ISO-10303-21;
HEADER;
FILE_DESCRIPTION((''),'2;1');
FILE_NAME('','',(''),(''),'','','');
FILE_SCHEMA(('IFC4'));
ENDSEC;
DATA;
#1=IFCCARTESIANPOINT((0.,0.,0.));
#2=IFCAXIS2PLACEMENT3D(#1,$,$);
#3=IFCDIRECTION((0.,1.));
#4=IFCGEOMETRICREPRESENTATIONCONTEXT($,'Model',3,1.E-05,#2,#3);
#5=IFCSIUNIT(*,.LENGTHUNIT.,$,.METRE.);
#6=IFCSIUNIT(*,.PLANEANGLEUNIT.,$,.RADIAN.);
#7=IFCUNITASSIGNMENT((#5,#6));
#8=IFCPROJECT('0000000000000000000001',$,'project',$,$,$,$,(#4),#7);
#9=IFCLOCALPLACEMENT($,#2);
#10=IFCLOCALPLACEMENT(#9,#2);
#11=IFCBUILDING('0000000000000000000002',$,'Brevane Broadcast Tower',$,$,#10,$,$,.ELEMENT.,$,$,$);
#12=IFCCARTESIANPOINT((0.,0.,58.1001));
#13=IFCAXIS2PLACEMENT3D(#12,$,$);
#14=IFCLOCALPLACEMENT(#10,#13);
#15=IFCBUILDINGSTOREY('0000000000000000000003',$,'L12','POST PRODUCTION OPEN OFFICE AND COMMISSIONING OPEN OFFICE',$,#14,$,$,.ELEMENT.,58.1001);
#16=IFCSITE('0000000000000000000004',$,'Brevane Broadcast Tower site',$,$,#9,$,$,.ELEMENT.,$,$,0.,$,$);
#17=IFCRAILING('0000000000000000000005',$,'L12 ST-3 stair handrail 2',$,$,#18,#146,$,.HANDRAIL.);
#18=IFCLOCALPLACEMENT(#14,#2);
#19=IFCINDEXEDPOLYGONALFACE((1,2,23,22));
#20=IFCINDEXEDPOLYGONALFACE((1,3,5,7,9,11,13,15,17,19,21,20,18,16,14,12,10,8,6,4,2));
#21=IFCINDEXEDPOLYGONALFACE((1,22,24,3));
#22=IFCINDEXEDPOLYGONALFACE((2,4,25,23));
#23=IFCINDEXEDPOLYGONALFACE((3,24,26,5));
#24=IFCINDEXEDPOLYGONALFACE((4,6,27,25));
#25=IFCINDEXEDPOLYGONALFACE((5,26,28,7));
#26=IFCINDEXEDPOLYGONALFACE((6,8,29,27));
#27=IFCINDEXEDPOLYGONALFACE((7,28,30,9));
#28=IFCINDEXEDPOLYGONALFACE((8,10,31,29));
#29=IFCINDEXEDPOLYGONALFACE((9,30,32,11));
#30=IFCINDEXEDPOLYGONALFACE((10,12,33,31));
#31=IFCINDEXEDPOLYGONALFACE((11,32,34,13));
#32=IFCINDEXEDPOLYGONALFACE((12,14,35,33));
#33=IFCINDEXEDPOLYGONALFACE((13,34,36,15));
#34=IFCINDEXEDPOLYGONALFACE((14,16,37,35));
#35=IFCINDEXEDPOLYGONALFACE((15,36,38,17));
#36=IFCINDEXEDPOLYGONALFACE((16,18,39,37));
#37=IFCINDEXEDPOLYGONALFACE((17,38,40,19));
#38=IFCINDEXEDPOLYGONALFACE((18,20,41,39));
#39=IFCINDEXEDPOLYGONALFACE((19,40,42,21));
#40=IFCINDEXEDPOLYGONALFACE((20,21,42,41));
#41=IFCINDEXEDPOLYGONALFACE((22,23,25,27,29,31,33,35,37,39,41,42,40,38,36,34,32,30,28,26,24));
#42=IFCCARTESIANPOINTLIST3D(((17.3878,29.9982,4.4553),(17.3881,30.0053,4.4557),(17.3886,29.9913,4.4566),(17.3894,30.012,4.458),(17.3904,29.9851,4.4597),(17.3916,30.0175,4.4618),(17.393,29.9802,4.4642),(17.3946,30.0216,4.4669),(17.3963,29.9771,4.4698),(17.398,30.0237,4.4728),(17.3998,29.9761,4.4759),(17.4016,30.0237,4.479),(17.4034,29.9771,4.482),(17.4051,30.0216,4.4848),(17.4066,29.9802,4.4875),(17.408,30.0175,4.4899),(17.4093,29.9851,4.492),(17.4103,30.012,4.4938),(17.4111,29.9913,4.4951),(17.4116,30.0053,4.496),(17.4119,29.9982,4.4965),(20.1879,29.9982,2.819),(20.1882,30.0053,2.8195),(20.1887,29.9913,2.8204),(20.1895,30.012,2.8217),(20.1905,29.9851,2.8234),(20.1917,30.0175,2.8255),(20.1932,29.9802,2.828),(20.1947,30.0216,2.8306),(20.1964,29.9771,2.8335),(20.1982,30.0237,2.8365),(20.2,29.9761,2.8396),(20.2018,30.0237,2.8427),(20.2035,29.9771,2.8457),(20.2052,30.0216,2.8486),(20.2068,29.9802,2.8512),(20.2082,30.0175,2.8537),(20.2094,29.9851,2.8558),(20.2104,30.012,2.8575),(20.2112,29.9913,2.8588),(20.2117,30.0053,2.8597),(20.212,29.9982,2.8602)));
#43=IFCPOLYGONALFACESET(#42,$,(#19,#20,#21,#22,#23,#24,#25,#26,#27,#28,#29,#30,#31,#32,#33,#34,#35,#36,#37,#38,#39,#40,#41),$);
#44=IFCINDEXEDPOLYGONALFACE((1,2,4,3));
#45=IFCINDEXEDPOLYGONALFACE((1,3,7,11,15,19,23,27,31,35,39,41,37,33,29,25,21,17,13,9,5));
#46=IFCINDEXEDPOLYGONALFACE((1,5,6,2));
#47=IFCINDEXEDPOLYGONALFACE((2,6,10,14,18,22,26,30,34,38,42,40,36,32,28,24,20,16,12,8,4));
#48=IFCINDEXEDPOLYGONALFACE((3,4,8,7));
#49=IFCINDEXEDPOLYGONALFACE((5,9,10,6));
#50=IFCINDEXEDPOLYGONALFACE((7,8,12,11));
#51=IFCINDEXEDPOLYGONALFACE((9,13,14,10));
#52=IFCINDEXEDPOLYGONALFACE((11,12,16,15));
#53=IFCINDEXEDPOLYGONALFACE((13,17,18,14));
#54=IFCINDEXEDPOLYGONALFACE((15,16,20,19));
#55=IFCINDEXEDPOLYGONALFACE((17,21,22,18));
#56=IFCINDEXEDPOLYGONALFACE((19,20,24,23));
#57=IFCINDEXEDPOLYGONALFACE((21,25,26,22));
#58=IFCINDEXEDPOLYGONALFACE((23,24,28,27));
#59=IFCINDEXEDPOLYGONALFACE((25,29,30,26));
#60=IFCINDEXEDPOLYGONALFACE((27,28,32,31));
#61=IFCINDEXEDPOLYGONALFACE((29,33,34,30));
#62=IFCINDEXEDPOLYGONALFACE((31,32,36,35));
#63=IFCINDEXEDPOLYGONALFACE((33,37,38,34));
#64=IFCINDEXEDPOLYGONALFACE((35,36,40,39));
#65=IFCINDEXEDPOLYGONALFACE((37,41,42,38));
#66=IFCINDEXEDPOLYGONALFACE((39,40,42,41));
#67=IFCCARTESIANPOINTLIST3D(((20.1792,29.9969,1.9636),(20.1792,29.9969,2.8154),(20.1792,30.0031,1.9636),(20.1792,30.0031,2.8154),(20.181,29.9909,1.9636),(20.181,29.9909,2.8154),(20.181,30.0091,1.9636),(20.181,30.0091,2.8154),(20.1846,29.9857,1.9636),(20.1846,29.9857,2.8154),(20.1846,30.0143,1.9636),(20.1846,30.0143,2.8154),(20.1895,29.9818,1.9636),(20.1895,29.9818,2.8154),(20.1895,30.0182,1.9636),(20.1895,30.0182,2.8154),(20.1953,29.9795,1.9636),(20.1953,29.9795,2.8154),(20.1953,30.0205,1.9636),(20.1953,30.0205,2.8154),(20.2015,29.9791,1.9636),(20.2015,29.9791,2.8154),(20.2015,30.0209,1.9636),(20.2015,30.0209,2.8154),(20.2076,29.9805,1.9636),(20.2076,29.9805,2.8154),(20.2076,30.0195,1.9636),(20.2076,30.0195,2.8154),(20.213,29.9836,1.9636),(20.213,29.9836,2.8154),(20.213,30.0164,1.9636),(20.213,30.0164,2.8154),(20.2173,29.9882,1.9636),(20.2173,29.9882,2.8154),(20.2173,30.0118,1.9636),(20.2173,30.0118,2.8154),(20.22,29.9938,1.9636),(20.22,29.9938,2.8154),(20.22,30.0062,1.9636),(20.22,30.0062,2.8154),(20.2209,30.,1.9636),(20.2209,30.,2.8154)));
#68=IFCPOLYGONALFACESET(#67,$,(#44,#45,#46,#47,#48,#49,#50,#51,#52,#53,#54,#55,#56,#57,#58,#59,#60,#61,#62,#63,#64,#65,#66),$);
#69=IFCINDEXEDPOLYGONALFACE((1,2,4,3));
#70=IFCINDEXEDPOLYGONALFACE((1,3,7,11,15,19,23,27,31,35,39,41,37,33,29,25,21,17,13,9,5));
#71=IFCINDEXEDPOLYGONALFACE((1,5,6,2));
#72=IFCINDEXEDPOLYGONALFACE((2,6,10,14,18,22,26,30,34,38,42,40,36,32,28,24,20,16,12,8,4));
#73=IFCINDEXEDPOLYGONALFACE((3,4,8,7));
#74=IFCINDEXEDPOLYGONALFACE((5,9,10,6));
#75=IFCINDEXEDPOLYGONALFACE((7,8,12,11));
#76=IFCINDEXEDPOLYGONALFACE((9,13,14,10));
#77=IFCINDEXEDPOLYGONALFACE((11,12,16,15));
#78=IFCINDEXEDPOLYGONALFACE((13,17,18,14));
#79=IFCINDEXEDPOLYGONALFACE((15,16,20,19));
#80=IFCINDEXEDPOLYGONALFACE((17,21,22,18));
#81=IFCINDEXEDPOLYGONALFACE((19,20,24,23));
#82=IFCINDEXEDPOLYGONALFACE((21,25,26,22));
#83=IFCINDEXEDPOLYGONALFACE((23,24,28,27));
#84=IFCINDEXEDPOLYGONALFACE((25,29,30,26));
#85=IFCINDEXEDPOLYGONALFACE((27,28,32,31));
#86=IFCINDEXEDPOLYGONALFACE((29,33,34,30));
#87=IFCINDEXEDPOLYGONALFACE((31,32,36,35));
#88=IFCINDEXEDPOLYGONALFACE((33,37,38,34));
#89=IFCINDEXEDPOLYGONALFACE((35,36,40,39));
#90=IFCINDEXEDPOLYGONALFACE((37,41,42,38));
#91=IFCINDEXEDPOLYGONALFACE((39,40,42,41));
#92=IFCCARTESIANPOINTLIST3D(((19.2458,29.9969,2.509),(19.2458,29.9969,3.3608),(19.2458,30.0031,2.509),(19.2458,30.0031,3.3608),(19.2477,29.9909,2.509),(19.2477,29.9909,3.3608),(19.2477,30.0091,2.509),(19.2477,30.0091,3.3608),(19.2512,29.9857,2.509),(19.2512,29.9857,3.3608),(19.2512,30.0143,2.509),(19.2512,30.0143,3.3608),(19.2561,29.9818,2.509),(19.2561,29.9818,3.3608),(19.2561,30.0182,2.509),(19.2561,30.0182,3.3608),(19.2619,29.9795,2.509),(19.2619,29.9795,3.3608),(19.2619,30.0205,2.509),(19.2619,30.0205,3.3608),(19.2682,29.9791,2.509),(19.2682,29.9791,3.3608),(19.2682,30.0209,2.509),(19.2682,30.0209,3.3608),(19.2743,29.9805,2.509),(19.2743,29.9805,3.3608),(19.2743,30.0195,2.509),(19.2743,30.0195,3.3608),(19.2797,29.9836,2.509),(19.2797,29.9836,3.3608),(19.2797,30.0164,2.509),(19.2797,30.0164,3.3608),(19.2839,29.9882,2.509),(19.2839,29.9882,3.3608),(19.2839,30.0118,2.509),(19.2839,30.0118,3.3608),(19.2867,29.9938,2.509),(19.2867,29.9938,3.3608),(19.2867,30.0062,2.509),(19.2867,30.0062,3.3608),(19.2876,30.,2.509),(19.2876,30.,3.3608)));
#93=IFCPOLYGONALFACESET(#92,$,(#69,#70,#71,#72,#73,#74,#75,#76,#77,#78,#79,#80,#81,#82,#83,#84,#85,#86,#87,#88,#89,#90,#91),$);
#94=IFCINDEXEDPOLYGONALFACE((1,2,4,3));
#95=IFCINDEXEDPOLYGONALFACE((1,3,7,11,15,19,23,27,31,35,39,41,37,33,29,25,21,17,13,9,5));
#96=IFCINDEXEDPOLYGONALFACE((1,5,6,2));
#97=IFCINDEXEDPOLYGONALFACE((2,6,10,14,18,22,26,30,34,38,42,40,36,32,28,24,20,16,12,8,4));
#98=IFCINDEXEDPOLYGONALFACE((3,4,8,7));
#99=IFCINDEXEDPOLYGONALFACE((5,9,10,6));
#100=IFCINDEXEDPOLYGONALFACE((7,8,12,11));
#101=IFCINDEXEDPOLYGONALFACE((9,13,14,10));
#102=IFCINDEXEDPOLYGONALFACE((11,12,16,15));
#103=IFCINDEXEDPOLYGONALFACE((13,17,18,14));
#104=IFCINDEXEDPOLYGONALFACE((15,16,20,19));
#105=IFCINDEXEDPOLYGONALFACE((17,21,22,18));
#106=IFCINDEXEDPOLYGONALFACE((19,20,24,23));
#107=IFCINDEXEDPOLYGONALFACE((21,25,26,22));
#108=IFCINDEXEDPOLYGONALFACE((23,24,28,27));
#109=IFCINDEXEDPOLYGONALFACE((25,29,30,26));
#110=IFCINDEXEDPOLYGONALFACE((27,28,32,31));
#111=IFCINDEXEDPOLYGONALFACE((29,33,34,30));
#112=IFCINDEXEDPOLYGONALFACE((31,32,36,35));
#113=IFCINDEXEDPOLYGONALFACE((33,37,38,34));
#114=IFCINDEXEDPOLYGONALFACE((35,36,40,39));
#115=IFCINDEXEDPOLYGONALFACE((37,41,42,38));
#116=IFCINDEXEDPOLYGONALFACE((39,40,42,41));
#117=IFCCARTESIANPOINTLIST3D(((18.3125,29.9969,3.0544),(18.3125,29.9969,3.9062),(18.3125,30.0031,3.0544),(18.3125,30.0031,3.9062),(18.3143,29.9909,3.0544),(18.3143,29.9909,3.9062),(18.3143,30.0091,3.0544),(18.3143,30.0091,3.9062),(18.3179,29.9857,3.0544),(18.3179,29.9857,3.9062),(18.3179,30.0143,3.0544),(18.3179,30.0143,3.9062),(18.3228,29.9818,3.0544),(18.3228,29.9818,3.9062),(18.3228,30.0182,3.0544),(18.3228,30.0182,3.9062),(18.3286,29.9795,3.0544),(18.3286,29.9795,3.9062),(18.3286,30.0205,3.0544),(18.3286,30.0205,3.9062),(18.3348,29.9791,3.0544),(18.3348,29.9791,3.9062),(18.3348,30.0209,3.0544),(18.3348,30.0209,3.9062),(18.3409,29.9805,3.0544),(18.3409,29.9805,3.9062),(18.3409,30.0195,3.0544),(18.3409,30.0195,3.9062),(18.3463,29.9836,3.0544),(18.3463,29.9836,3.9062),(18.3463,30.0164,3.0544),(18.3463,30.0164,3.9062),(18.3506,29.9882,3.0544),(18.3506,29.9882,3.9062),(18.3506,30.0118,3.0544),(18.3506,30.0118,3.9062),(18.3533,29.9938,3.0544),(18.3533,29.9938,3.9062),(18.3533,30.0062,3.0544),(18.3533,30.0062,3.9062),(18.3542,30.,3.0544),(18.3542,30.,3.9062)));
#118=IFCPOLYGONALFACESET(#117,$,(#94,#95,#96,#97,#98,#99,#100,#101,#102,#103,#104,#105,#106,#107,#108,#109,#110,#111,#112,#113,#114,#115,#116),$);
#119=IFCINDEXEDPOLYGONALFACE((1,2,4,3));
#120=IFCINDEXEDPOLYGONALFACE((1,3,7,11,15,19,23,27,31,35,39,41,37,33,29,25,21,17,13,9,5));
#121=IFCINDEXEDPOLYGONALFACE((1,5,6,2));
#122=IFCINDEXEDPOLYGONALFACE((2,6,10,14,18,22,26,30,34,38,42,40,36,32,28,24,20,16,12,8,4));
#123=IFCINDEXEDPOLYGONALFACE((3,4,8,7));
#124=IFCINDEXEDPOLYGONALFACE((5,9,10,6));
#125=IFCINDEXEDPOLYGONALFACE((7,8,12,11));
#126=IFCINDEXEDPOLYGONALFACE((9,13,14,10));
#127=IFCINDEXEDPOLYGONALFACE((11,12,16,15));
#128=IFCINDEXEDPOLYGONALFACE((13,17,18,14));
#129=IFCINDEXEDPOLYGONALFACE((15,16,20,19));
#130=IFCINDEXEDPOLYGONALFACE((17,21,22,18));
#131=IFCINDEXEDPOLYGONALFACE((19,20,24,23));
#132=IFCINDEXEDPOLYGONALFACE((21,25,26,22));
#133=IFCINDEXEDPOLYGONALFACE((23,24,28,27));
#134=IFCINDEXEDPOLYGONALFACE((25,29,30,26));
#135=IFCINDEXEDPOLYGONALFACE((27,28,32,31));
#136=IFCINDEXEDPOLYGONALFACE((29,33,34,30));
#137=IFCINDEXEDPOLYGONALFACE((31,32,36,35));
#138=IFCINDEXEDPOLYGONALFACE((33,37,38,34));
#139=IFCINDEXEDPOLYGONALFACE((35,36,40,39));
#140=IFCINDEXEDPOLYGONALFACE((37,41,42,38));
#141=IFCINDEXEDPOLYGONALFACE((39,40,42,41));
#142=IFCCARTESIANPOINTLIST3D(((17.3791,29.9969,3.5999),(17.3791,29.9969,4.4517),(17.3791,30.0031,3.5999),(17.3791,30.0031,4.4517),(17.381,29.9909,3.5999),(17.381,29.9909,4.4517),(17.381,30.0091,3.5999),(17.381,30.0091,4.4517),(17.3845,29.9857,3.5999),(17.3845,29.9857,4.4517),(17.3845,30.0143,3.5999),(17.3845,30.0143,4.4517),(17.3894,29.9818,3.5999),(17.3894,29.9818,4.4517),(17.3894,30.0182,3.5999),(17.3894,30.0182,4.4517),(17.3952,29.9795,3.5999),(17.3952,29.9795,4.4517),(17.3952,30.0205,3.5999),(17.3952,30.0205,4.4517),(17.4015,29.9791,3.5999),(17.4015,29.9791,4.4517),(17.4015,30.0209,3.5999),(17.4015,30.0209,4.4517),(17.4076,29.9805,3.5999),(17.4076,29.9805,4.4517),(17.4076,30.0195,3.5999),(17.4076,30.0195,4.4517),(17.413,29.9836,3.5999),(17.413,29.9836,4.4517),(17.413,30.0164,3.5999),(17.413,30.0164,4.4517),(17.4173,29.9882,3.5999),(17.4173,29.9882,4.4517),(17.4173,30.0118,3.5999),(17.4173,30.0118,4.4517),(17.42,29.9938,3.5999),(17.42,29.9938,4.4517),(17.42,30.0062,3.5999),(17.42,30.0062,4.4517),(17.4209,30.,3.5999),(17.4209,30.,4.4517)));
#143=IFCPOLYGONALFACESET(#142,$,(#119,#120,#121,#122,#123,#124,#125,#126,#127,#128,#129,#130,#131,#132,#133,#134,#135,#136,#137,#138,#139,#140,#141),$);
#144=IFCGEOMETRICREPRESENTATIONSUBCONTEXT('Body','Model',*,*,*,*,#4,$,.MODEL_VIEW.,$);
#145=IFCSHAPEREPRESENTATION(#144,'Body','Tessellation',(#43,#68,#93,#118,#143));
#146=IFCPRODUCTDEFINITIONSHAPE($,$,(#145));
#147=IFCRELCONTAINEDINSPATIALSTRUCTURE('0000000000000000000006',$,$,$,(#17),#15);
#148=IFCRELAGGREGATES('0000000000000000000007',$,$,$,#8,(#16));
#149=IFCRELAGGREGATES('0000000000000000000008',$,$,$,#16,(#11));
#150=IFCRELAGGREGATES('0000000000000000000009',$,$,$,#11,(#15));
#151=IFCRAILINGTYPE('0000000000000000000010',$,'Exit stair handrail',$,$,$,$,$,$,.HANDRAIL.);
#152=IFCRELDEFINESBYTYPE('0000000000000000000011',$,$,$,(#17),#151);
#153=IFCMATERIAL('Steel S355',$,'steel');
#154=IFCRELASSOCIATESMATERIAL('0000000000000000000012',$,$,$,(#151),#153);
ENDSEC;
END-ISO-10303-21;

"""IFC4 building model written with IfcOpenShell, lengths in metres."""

from ifc_helpers import new_model, si_unit, direction, frame, origin, origin_2d, place, context, subcontext, project, spatial, circle, extrude, material, type_object, element, save


model = new_model("IFC4")

# Units and contexts
model_context = context("Model", 3, precision=1e-05, world=origin(), true_north=direction((0.0, 1.0)))
body_context = subcontext(model_context, "Body", "Model", "MODEL_VIEW")
ifc_project = project(units=[si_unit("LENGTHUNIT", "METRE"), si_unit("PLANEANGLEUNIT", "RADIAN")], contexts=[model_context])

# Site, building, storey
site_placement = place(None, origin())
site = spatial("IfcSite", under=ifc_project, at=site_placement, Name="Brevane Broadcast Tower site", CompositionType="ELEMENT", RefElevation=0.0)
building_placement = place(site_placement, origin())
building = spatial("IfcBuilding", under=site, at=building_placement, Name="Brevane Broadcast Tower", CompositionType="ELEMENT")
storey_placement = place(building_placement, frame((0.0, 0.0, 58.1001)))
storey = spatial("IfcBuildingStorey", under=building, at=storey_placement, Name="L12", Description="POST PRODUCTION OPEN OFFICE AND COMMISSIONING OPEN OFFICE", CompositionType="ELEMENT", Elevation=58.1001)

# Railing
ifc_material_1 = material(Name="Steel S355", Category="steel")
railing_type_1 = type_object("IfcRailingType", Name="Exit stair handrail", PredefinedType="HANDRAIL", material=ifc_material_1)
railing_1_placement = place(storey_placement, frame((20.2, 30.0, 1.9636)))
element("IfcRailing", 1, at=railing_1_placement, inside=storey, type_object=railing_type_1, Name="L12 ST-3 stair handrail 2", PredefinedType="HANDRAIL", context=body_context, shape_type="SweptSolid", body=[
    extrude(circle(Radius=0.0239, at=origin_2d()), frame((0.0, 0.0, 0.876), z_axis=(-0.863394, 0.0, 0.504531), x_axis=(0.0, -1.0, 0.0)), (0.0, 0.0, 1.0), 3.2432),
    extrude(circle(Radius=0.021, at=origin_2d()), origin(), (0.0, 0.0, 1.0), 0.8518),
    extrude(circle(Radius=0.021, at=origin_2d()), frame((-0.9333, 0.0, 0.5454)), (0.0, 0.0, 1.0), 0.8518),
    extrude(circle(Radius=0.021, at=origin_2d()), frame((-1.8667, 0.0, 1.0908)), (0.0, 0.0, 1.0), 0.8518),
    extrude(circle(Radius=0.021, at=origin_2d()), frame((-2.8, 0.0, 1.6362)), (0.0, 0.0, 1.0), 0.8518),
])

save(model, "model.ifc")
